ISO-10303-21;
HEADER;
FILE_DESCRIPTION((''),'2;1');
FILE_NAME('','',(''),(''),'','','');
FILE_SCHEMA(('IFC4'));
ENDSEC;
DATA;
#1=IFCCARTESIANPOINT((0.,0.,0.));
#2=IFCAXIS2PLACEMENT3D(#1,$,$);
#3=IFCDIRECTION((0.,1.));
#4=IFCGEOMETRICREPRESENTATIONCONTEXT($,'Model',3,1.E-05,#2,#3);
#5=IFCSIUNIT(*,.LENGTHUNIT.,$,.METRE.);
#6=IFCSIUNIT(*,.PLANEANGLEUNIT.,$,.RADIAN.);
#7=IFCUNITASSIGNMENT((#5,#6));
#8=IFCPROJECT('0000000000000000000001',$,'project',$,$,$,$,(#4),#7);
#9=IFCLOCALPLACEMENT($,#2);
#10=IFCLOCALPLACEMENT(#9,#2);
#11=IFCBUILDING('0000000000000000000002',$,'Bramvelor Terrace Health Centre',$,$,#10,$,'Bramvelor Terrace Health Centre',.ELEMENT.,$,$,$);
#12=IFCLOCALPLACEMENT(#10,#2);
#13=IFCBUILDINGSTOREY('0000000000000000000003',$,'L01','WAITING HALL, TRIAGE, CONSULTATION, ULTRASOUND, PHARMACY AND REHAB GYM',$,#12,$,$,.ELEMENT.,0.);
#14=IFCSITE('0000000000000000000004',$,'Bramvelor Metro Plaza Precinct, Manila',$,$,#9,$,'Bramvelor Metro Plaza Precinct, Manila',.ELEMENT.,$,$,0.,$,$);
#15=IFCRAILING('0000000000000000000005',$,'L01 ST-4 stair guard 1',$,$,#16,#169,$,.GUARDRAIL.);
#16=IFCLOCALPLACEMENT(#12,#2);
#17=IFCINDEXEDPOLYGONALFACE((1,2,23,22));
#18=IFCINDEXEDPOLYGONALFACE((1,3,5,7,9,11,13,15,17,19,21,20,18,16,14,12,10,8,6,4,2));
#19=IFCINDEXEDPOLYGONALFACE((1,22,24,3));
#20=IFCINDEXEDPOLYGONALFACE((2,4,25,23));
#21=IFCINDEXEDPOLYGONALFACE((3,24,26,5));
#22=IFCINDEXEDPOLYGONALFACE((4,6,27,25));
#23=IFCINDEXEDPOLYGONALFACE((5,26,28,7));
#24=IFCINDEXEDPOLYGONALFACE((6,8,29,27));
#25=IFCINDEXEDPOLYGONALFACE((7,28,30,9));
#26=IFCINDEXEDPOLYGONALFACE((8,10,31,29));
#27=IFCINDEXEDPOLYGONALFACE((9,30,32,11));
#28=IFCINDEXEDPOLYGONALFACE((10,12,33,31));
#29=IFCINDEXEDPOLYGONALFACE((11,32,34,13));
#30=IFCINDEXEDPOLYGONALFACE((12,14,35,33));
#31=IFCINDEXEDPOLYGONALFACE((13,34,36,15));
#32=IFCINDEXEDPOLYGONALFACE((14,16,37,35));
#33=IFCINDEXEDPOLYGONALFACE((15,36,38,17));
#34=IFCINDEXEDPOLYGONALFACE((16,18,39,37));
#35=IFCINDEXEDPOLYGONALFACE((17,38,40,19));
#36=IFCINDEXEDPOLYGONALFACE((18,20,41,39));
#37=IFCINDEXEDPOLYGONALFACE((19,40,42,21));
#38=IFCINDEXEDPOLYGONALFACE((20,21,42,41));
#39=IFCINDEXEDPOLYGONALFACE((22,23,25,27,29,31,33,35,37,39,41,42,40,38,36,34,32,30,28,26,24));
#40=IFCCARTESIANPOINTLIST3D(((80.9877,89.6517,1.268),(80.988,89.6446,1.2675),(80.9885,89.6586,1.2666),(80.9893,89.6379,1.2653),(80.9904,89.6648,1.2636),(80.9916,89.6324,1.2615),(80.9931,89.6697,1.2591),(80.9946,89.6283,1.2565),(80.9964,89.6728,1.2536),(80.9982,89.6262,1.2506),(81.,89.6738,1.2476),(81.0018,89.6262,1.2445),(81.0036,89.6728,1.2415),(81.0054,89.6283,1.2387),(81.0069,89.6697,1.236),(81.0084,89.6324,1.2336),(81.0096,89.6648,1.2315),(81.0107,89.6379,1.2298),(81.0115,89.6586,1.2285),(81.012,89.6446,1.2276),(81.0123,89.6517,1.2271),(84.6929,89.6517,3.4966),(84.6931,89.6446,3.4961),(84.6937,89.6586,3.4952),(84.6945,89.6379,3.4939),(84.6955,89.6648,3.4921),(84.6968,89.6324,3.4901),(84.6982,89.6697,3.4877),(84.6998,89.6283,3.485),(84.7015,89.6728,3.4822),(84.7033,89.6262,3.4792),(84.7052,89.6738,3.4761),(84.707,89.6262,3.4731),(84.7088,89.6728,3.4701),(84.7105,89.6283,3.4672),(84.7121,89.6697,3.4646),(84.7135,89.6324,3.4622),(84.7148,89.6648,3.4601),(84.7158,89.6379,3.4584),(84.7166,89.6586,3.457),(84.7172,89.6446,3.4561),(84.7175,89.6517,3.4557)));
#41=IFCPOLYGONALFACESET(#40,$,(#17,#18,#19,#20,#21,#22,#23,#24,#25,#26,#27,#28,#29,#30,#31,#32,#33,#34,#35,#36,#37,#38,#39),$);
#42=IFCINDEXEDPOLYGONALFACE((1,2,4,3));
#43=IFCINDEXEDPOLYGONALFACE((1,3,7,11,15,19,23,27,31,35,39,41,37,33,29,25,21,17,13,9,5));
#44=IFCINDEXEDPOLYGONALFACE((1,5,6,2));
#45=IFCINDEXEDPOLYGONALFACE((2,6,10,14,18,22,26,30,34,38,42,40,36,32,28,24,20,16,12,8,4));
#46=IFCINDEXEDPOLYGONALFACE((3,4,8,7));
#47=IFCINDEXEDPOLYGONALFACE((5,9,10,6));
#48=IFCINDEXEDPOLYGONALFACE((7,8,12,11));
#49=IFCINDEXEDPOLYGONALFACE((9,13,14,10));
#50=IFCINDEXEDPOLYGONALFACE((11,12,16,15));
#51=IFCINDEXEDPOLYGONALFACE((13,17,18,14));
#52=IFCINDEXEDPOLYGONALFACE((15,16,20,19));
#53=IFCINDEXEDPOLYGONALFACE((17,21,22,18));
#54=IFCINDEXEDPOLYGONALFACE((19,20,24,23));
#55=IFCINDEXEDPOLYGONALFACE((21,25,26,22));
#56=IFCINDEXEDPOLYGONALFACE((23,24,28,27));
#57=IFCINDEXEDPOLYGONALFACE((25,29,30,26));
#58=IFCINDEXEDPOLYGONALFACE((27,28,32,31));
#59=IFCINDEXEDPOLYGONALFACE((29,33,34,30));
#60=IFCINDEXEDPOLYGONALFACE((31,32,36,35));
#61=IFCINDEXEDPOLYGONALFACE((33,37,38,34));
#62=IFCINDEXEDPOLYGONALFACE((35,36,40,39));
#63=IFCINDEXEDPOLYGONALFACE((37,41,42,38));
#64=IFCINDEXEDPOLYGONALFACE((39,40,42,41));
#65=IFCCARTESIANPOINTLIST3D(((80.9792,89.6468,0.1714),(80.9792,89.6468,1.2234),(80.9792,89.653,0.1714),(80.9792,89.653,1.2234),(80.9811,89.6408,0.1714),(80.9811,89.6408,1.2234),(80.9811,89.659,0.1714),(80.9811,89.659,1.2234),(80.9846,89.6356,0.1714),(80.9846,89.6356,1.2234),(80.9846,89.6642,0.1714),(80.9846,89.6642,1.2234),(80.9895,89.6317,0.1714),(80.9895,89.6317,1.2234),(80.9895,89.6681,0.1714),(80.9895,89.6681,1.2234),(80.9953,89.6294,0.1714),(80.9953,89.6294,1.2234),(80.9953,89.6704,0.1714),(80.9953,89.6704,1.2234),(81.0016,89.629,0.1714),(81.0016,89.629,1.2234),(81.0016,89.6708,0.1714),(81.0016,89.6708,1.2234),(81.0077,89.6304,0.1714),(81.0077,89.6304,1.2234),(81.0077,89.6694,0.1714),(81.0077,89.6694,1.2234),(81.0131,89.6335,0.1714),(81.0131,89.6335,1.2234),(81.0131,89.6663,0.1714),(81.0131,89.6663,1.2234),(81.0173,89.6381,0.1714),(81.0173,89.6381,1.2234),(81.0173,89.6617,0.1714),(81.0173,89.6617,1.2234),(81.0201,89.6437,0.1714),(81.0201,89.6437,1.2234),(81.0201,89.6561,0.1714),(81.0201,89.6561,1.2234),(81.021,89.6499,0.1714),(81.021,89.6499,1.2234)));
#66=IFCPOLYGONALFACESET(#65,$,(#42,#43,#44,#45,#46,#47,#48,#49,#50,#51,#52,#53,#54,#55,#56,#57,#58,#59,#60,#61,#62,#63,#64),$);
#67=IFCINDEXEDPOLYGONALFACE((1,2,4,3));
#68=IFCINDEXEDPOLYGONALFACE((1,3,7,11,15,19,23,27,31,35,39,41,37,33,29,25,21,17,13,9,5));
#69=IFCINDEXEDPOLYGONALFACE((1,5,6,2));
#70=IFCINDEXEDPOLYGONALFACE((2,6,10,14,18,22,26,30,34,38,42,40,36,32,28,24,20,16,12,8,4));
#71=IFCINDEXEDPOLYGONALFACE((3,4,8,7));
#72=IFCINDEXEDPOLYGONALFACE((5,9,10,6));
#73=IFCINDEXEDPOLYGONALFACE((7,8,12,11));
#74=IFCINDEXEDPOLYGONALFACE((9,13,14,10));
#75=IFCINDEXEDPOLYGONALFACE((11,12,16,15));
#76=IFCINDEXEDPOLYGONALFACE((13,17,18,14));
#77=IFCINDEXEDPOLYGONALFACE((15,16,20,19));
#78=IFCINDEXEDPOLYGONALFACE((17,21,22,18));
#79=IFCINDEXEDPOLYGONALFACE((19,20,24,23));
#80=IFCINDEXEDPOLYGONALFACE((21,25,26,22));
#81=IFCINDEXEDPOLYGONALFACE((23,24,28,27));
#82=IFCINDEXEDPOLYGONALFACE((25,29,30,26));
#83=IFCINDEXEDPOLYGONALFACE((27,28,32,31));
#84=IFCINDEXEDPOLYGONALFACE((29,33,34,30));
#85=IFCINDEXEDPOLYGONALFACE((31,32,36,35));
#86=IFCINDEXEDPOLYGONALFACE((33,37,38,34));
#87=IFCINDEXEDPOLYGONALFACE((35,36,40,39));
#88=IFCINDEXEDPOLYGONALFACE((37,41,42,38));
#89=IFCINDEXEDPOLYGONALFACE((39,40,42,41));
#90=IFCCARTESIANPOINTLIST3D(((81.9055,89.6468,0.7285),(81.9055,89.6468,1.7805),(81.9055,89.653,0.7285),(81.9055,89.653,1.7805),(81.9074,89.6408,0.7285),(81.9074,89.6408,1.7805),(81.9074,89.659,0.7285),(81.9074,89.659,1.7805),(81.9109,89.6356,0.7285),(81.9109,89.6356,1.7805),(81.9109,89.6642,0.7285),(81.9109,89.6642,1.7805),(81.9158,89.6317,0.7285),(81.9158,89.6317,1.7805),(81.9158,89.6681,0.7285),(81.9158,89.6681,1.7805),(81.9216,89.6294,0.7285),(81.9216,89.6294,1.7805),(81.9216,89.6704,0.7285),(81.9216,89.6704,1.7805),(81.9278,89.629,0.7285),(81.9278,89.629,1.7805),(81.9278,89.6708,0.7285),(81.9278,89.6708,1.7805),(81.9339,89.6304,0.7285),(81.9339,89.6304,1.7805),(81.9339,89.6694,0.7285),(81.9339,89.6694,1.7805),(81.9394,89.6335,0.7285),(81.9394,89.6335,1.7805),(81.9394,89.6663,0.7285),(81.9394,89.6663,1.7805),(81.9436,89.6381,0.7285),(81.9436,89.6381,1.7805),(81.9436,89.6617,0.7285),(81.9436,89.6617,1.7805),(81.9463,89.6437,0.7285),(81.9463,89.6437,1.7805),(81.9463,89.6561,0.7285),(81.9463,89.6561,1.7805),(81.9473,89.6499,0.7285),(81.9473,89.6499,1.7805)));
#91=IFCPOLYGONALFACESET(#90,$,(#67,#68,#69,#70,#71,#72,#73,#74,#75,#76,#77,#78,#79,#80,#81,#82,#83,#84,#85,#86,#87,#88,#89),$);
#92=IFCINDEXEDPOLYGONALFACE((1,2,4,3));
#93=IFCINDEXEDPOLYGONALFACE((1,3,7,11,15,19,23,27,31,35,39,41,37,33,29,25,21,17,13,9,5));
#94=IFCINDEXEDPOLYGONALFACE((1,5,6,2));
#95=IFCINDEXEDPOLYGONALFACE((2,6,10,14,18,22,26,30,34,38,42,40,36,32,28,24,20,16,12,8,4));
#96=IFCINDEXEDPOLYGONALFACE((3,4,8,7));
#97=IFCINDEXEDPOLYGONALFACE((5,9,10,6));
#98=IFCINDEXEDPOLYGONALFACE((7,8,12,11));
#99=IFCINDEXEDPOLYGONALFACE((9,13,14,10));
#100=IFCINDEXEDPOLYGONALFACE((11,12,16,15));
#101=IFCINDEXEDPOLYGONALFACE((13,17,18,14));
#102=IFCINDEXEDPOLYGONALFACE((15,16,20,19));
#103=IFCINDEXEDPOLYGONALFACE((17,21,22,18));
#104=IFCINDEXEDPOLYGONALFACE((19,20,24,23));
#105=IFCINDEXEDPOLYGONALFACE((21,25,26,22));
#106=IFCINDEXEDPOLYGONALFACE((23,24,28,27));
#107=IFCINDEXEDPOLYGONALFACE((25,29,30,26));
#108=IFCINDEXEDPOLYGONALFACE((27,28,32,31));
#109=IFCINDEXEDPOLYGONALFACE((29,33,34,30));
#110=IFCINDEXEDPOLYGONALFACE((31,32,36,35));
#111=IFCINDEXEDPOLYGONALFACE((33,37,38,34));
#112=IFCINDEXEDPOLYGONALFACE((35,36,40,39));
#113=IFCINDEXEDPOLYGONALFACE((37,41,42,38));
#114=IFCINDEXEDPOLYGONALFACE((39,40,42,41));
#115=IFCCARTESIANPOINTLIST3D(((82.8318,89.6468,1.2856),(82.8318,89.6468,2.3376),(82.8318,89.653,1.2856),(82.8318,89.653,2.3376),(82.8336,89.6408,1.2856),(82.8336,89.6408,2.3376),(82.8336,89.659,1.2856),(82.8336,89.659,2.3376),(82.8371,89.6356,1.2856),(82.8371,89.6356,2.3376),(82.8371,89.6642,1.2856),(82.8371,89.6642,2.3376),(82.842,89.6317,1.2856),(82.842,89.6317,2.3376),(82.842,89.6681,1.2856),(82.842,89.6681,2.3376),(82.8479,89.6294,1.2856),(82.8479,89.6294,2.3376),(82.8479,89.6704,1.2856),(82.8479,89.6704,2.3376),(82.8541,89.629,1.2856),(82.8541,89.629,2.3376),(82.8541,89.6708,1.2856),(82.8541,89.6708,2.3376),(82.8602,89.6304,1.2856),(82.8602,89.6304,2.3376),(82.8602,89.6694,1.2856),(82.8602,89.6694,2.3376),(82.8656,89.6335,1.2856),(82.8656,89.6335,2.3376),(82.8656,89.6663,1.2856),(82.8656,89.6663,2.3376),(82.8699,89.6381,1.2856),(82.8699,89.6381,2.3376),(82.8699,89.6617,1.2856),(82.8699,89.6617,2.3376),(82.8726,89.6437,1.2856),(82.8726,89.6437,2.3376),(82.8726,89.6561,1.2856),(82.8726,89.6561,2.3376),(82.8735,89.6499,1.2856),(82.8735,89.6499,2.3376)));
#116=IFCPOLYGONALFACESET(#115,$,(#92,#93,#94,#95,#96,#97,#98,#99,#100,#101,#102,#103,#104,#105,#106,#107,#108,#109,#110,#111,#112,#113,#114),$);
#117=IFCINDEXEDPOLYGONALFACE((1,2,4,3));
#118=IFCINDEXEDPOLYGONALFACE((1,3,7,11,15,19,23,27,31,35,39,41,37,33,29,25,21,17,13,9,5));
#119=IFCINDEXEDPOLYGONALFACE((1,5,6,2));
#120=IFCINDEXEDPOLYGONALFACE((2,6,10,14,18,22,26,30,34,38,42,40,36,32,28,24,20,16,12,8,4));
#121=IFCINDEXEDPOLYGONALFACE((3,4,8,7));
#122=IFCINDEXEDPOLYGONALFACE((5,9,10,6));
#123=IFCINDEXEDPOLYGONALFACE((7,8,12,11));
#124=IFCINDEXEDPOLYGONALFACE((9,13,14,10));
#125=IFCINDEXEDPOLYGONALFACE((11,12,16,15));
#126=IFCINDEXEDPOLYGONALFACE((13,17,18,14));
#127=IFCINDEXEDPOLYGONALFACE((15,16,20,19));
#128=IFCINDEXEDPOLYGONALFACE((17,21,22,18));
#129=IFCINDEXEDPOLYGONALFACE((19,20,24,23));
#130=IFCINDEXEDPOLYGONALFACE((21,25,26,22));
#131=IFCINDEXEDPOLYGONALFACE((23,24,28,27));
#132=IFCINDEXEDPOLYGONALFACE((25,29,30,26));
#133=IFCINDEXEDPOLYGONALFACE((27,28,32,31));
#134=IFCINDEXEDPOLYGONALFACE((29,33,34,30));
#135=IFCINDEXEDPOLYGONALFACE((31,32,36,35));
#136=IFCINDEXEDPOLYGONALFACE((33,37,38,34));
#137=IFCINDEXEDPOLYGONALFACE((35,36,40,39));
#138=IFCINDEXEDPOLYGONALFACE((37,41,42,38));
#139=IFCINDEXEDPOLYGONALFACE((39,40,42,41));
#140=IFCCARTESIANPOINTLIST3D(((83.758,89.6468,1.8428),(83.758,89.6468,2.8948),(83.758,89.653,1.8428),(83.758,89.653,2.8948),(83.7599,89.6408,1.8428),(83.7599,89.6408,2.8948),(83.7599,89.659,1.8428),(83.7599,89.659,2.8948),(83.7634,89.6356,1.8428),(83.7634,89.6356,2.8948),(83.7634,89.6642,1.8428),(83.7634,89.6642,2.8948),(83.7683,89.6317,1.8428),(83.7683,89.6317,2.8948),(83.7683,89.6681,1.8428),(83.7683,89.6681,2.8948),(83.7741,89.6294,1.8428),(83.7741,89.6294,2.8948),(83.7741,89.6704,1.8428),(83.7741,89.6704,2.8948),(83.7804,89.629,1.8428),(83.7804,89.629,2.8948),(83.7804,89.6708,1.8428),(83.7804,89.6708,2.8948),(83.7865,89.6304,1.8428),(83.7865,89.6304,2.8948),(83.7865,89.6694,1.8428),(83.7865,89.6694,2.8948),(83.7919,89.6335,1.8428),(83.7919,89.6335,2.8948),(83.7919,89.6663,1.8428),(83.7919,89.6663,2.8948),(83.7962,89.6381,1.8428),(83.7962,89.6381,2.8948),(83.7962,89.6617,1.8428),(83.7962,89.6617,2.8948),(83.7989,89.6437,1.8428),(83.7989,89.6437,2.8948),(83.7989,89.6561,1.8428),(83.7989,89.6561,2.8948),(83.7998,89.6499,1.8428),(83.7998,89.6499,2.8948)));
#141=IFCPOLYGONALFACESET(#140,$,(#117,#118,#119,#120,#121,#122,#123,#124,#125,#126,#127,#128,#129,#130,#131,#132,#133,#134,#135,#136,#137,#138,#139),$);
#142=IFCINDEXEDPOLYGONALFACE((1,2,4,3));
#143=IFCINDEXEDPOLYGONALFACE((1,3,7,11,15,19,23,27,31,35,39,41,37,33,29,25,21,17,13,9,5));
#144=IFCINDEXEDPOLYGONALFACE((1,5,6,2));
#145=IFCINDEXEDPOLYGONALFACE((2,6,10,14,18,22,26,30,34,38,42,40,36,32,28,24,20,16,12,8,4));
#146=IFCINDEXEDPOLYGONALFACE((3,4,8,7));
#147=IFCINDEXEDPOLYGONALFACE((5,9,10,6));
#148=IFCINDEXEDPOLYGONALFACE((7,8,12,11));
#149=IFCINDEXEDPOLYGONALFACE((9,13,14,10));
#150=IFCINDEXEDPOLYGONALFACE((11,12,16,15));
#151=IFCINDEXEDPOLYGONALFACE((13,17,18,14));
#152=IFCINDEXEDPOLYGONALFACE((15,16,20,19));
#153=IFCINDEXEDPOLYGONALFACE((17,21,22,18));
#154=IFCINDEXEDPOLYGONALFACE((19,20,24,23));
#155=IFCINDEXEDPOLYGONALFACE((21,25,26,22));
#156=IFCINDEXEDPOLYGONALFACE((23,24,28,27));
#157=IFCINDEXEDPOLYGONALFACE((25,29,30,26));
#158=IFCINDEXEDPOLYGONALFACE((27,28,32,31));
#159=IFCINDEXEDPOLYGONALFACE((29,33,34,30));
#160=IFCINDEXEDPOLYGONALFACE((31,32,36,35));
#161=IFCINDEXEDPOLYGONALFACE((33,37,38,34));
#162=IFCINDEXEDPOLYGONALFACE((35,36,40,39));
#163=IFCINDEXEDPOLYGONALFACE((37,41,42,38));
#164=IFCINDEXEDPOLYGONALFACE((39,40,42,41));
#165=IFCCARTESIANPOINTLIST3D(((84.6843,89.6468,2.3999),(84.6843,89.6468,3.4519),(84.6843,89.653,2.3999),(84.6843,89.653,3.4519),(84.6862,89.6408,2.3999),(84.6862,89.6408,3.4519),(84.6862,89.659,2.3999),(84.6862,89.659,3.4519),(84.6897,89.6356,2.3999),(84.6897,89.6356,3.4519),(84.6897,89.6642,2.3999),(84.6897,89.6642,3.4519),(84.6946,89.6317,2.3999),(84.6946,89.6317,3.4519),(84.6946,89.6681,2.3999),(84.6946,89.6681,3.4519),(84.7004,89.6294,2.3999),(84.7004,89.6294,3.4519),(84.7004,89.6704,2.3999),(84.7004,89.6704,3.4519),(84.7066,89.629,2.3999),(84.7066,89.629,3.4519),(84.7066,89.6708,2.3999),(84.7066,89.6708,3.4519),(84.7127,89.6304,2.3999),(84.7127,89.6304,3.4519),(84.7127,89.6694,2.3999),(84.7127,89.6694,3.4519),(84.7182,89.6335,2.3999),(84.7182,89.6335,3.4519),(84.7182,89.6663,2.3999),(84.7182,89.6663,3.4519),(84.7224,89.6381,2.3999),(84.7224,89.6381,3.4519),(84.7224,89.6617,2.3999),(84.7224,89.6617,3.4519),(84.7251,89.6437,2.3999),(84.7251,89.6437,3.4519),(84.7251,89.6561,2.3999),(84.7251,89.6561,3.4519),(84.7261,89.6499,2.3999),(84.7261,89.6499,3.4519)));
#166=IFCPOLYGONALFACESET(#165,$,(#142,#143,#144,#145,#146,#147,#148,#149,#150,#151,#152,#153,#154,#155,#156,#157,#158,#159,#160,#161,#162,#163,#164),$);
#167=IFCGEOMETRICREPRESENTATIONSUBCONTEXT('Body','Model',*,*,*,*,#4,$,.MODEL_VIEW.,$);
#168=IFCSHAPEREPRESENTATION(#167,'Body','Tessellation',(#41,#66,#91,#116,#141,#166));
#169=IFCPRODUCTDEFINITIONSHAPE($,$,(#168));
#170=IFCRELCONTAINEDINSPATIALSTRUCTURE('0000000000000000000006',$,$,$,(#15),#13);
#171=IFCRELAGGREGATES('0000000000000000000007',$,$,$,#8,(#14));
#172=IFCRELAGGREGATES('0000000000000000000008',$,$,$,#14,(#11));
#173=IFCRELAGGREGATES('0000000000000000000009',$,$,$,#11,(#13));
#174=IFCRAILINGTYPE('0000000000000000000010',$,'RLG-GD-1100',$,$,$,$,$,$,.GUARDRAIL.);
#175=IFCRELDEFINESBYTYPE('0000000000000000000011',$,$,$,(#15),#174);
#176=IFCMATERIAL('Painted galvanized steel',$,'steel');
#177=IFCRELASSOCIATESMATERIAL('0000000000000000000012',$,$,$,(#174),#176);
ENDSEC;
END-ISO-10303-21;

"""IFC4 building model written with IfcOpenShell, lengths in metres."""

from ifc_helpers import new_model, si_unit, direction, frame, origin, origin_2d, place, context, subcontext, project, spatial, circle, extrude, material, type_object, element, save


model = new_model("IFC4")

# Units and contexts
model_context = context("Model", 3, precision=1e-05, world=origin(), true_north=direction((0.0, 1.0)))
body_context = subcontext(model_context, "Body", "Model", "MODEL_VIEW")
ifc_project = project(units=[si_unit("LENGTHUNIT", "METRE"), si_unit("PLANEANGLEUNIT", "RADIAN")], contexts=[model_context])

# Site, building, storey
site_placement = place(None, origin())
site = spatial("IfcSite", under=ifc_project, at=site_placement, Name="Bramvelor Metro Plaza Precinct, Manila", LongName="Bramvelor Metro Plaza Precinct, Manila", CompositionType="ELEMENT", RefElevation=0.0)
building_placement = place(site_placement, origin())
building = spatial("IfcBuilding", under=site, at=building_placement, Name="Bramvelor Terrace Health Centre", LongName="Bramvelor Terrace Health Centre", CompositionType="ELEMENT")
storey_placement = place(building_placement, origin())
storey = spatial("IfcBuildingStorey", under=building, at=storey_placement, Name="L01", Description="WAITING HALL, TRIAGE, CONSULTATION, ULTRASOUND, PHARMACY AND REHAB GYM", CompositionType="ELEMENT", Elevation=0.0)

# Railing
ifc_material_1 = material(Name="Painted galvanized steel", Category="steel")
railing_type_1 = type_object("IfcRailingType", Name="RLG-GD-1100", PredefinedType="GUARDRAIL", material=ifc_material_1)
railing_1_placement = place(storey_placement, frame((81.0, 89.6499, 0.1714)))
element("IfcRailing", 1, at=railing_1_placement, inside=storey, type_object=railing_type_1, Name="L01 ST-4 stair guard 1", PredefinedType="GUARDRAIL", context=body_context, shape_type="SweptSolid", body=[
    extrude(circle(Radius=0.0239, at=origin_2d()), frame((0.0, 0.0, 1.0762), z_axis=(0.856934, 0.0, 0.515425), x_axis=(0.0, 1.0, 0.0)), (0.0, 0.0, 1.0), 4.3237),
    extrude(circle(Radius=0.021, at=origin_2d()), origin(), (0.0, 0.0, 1.0), 1.052),
    extrude(circle(Radius=0.021, at=origin_2d()), frame((0.9263, 0.0, 0.5571)), (0.0, 0.0, 1.0), 1.052),
    extrude(circle(Radius=0.021, at=origin_2d()), frame((1.8525, 0.0, 1.1143)), (0.0, 0.0, 1.0), 1.052),
    extrude(circle(Radius=0.021, at=origin_2d()), frame((2.7788, 0.0, 1.6714)), (0.0, 0.0, 1.0), 1.052),
    extrude(circle(Radius=0.021, at=origin_2d()), frame((3.7051, 0.0, 2.2285)), (0.0, 0.0, 1.0), 1.052),
])

save(model, "model.ifc")
